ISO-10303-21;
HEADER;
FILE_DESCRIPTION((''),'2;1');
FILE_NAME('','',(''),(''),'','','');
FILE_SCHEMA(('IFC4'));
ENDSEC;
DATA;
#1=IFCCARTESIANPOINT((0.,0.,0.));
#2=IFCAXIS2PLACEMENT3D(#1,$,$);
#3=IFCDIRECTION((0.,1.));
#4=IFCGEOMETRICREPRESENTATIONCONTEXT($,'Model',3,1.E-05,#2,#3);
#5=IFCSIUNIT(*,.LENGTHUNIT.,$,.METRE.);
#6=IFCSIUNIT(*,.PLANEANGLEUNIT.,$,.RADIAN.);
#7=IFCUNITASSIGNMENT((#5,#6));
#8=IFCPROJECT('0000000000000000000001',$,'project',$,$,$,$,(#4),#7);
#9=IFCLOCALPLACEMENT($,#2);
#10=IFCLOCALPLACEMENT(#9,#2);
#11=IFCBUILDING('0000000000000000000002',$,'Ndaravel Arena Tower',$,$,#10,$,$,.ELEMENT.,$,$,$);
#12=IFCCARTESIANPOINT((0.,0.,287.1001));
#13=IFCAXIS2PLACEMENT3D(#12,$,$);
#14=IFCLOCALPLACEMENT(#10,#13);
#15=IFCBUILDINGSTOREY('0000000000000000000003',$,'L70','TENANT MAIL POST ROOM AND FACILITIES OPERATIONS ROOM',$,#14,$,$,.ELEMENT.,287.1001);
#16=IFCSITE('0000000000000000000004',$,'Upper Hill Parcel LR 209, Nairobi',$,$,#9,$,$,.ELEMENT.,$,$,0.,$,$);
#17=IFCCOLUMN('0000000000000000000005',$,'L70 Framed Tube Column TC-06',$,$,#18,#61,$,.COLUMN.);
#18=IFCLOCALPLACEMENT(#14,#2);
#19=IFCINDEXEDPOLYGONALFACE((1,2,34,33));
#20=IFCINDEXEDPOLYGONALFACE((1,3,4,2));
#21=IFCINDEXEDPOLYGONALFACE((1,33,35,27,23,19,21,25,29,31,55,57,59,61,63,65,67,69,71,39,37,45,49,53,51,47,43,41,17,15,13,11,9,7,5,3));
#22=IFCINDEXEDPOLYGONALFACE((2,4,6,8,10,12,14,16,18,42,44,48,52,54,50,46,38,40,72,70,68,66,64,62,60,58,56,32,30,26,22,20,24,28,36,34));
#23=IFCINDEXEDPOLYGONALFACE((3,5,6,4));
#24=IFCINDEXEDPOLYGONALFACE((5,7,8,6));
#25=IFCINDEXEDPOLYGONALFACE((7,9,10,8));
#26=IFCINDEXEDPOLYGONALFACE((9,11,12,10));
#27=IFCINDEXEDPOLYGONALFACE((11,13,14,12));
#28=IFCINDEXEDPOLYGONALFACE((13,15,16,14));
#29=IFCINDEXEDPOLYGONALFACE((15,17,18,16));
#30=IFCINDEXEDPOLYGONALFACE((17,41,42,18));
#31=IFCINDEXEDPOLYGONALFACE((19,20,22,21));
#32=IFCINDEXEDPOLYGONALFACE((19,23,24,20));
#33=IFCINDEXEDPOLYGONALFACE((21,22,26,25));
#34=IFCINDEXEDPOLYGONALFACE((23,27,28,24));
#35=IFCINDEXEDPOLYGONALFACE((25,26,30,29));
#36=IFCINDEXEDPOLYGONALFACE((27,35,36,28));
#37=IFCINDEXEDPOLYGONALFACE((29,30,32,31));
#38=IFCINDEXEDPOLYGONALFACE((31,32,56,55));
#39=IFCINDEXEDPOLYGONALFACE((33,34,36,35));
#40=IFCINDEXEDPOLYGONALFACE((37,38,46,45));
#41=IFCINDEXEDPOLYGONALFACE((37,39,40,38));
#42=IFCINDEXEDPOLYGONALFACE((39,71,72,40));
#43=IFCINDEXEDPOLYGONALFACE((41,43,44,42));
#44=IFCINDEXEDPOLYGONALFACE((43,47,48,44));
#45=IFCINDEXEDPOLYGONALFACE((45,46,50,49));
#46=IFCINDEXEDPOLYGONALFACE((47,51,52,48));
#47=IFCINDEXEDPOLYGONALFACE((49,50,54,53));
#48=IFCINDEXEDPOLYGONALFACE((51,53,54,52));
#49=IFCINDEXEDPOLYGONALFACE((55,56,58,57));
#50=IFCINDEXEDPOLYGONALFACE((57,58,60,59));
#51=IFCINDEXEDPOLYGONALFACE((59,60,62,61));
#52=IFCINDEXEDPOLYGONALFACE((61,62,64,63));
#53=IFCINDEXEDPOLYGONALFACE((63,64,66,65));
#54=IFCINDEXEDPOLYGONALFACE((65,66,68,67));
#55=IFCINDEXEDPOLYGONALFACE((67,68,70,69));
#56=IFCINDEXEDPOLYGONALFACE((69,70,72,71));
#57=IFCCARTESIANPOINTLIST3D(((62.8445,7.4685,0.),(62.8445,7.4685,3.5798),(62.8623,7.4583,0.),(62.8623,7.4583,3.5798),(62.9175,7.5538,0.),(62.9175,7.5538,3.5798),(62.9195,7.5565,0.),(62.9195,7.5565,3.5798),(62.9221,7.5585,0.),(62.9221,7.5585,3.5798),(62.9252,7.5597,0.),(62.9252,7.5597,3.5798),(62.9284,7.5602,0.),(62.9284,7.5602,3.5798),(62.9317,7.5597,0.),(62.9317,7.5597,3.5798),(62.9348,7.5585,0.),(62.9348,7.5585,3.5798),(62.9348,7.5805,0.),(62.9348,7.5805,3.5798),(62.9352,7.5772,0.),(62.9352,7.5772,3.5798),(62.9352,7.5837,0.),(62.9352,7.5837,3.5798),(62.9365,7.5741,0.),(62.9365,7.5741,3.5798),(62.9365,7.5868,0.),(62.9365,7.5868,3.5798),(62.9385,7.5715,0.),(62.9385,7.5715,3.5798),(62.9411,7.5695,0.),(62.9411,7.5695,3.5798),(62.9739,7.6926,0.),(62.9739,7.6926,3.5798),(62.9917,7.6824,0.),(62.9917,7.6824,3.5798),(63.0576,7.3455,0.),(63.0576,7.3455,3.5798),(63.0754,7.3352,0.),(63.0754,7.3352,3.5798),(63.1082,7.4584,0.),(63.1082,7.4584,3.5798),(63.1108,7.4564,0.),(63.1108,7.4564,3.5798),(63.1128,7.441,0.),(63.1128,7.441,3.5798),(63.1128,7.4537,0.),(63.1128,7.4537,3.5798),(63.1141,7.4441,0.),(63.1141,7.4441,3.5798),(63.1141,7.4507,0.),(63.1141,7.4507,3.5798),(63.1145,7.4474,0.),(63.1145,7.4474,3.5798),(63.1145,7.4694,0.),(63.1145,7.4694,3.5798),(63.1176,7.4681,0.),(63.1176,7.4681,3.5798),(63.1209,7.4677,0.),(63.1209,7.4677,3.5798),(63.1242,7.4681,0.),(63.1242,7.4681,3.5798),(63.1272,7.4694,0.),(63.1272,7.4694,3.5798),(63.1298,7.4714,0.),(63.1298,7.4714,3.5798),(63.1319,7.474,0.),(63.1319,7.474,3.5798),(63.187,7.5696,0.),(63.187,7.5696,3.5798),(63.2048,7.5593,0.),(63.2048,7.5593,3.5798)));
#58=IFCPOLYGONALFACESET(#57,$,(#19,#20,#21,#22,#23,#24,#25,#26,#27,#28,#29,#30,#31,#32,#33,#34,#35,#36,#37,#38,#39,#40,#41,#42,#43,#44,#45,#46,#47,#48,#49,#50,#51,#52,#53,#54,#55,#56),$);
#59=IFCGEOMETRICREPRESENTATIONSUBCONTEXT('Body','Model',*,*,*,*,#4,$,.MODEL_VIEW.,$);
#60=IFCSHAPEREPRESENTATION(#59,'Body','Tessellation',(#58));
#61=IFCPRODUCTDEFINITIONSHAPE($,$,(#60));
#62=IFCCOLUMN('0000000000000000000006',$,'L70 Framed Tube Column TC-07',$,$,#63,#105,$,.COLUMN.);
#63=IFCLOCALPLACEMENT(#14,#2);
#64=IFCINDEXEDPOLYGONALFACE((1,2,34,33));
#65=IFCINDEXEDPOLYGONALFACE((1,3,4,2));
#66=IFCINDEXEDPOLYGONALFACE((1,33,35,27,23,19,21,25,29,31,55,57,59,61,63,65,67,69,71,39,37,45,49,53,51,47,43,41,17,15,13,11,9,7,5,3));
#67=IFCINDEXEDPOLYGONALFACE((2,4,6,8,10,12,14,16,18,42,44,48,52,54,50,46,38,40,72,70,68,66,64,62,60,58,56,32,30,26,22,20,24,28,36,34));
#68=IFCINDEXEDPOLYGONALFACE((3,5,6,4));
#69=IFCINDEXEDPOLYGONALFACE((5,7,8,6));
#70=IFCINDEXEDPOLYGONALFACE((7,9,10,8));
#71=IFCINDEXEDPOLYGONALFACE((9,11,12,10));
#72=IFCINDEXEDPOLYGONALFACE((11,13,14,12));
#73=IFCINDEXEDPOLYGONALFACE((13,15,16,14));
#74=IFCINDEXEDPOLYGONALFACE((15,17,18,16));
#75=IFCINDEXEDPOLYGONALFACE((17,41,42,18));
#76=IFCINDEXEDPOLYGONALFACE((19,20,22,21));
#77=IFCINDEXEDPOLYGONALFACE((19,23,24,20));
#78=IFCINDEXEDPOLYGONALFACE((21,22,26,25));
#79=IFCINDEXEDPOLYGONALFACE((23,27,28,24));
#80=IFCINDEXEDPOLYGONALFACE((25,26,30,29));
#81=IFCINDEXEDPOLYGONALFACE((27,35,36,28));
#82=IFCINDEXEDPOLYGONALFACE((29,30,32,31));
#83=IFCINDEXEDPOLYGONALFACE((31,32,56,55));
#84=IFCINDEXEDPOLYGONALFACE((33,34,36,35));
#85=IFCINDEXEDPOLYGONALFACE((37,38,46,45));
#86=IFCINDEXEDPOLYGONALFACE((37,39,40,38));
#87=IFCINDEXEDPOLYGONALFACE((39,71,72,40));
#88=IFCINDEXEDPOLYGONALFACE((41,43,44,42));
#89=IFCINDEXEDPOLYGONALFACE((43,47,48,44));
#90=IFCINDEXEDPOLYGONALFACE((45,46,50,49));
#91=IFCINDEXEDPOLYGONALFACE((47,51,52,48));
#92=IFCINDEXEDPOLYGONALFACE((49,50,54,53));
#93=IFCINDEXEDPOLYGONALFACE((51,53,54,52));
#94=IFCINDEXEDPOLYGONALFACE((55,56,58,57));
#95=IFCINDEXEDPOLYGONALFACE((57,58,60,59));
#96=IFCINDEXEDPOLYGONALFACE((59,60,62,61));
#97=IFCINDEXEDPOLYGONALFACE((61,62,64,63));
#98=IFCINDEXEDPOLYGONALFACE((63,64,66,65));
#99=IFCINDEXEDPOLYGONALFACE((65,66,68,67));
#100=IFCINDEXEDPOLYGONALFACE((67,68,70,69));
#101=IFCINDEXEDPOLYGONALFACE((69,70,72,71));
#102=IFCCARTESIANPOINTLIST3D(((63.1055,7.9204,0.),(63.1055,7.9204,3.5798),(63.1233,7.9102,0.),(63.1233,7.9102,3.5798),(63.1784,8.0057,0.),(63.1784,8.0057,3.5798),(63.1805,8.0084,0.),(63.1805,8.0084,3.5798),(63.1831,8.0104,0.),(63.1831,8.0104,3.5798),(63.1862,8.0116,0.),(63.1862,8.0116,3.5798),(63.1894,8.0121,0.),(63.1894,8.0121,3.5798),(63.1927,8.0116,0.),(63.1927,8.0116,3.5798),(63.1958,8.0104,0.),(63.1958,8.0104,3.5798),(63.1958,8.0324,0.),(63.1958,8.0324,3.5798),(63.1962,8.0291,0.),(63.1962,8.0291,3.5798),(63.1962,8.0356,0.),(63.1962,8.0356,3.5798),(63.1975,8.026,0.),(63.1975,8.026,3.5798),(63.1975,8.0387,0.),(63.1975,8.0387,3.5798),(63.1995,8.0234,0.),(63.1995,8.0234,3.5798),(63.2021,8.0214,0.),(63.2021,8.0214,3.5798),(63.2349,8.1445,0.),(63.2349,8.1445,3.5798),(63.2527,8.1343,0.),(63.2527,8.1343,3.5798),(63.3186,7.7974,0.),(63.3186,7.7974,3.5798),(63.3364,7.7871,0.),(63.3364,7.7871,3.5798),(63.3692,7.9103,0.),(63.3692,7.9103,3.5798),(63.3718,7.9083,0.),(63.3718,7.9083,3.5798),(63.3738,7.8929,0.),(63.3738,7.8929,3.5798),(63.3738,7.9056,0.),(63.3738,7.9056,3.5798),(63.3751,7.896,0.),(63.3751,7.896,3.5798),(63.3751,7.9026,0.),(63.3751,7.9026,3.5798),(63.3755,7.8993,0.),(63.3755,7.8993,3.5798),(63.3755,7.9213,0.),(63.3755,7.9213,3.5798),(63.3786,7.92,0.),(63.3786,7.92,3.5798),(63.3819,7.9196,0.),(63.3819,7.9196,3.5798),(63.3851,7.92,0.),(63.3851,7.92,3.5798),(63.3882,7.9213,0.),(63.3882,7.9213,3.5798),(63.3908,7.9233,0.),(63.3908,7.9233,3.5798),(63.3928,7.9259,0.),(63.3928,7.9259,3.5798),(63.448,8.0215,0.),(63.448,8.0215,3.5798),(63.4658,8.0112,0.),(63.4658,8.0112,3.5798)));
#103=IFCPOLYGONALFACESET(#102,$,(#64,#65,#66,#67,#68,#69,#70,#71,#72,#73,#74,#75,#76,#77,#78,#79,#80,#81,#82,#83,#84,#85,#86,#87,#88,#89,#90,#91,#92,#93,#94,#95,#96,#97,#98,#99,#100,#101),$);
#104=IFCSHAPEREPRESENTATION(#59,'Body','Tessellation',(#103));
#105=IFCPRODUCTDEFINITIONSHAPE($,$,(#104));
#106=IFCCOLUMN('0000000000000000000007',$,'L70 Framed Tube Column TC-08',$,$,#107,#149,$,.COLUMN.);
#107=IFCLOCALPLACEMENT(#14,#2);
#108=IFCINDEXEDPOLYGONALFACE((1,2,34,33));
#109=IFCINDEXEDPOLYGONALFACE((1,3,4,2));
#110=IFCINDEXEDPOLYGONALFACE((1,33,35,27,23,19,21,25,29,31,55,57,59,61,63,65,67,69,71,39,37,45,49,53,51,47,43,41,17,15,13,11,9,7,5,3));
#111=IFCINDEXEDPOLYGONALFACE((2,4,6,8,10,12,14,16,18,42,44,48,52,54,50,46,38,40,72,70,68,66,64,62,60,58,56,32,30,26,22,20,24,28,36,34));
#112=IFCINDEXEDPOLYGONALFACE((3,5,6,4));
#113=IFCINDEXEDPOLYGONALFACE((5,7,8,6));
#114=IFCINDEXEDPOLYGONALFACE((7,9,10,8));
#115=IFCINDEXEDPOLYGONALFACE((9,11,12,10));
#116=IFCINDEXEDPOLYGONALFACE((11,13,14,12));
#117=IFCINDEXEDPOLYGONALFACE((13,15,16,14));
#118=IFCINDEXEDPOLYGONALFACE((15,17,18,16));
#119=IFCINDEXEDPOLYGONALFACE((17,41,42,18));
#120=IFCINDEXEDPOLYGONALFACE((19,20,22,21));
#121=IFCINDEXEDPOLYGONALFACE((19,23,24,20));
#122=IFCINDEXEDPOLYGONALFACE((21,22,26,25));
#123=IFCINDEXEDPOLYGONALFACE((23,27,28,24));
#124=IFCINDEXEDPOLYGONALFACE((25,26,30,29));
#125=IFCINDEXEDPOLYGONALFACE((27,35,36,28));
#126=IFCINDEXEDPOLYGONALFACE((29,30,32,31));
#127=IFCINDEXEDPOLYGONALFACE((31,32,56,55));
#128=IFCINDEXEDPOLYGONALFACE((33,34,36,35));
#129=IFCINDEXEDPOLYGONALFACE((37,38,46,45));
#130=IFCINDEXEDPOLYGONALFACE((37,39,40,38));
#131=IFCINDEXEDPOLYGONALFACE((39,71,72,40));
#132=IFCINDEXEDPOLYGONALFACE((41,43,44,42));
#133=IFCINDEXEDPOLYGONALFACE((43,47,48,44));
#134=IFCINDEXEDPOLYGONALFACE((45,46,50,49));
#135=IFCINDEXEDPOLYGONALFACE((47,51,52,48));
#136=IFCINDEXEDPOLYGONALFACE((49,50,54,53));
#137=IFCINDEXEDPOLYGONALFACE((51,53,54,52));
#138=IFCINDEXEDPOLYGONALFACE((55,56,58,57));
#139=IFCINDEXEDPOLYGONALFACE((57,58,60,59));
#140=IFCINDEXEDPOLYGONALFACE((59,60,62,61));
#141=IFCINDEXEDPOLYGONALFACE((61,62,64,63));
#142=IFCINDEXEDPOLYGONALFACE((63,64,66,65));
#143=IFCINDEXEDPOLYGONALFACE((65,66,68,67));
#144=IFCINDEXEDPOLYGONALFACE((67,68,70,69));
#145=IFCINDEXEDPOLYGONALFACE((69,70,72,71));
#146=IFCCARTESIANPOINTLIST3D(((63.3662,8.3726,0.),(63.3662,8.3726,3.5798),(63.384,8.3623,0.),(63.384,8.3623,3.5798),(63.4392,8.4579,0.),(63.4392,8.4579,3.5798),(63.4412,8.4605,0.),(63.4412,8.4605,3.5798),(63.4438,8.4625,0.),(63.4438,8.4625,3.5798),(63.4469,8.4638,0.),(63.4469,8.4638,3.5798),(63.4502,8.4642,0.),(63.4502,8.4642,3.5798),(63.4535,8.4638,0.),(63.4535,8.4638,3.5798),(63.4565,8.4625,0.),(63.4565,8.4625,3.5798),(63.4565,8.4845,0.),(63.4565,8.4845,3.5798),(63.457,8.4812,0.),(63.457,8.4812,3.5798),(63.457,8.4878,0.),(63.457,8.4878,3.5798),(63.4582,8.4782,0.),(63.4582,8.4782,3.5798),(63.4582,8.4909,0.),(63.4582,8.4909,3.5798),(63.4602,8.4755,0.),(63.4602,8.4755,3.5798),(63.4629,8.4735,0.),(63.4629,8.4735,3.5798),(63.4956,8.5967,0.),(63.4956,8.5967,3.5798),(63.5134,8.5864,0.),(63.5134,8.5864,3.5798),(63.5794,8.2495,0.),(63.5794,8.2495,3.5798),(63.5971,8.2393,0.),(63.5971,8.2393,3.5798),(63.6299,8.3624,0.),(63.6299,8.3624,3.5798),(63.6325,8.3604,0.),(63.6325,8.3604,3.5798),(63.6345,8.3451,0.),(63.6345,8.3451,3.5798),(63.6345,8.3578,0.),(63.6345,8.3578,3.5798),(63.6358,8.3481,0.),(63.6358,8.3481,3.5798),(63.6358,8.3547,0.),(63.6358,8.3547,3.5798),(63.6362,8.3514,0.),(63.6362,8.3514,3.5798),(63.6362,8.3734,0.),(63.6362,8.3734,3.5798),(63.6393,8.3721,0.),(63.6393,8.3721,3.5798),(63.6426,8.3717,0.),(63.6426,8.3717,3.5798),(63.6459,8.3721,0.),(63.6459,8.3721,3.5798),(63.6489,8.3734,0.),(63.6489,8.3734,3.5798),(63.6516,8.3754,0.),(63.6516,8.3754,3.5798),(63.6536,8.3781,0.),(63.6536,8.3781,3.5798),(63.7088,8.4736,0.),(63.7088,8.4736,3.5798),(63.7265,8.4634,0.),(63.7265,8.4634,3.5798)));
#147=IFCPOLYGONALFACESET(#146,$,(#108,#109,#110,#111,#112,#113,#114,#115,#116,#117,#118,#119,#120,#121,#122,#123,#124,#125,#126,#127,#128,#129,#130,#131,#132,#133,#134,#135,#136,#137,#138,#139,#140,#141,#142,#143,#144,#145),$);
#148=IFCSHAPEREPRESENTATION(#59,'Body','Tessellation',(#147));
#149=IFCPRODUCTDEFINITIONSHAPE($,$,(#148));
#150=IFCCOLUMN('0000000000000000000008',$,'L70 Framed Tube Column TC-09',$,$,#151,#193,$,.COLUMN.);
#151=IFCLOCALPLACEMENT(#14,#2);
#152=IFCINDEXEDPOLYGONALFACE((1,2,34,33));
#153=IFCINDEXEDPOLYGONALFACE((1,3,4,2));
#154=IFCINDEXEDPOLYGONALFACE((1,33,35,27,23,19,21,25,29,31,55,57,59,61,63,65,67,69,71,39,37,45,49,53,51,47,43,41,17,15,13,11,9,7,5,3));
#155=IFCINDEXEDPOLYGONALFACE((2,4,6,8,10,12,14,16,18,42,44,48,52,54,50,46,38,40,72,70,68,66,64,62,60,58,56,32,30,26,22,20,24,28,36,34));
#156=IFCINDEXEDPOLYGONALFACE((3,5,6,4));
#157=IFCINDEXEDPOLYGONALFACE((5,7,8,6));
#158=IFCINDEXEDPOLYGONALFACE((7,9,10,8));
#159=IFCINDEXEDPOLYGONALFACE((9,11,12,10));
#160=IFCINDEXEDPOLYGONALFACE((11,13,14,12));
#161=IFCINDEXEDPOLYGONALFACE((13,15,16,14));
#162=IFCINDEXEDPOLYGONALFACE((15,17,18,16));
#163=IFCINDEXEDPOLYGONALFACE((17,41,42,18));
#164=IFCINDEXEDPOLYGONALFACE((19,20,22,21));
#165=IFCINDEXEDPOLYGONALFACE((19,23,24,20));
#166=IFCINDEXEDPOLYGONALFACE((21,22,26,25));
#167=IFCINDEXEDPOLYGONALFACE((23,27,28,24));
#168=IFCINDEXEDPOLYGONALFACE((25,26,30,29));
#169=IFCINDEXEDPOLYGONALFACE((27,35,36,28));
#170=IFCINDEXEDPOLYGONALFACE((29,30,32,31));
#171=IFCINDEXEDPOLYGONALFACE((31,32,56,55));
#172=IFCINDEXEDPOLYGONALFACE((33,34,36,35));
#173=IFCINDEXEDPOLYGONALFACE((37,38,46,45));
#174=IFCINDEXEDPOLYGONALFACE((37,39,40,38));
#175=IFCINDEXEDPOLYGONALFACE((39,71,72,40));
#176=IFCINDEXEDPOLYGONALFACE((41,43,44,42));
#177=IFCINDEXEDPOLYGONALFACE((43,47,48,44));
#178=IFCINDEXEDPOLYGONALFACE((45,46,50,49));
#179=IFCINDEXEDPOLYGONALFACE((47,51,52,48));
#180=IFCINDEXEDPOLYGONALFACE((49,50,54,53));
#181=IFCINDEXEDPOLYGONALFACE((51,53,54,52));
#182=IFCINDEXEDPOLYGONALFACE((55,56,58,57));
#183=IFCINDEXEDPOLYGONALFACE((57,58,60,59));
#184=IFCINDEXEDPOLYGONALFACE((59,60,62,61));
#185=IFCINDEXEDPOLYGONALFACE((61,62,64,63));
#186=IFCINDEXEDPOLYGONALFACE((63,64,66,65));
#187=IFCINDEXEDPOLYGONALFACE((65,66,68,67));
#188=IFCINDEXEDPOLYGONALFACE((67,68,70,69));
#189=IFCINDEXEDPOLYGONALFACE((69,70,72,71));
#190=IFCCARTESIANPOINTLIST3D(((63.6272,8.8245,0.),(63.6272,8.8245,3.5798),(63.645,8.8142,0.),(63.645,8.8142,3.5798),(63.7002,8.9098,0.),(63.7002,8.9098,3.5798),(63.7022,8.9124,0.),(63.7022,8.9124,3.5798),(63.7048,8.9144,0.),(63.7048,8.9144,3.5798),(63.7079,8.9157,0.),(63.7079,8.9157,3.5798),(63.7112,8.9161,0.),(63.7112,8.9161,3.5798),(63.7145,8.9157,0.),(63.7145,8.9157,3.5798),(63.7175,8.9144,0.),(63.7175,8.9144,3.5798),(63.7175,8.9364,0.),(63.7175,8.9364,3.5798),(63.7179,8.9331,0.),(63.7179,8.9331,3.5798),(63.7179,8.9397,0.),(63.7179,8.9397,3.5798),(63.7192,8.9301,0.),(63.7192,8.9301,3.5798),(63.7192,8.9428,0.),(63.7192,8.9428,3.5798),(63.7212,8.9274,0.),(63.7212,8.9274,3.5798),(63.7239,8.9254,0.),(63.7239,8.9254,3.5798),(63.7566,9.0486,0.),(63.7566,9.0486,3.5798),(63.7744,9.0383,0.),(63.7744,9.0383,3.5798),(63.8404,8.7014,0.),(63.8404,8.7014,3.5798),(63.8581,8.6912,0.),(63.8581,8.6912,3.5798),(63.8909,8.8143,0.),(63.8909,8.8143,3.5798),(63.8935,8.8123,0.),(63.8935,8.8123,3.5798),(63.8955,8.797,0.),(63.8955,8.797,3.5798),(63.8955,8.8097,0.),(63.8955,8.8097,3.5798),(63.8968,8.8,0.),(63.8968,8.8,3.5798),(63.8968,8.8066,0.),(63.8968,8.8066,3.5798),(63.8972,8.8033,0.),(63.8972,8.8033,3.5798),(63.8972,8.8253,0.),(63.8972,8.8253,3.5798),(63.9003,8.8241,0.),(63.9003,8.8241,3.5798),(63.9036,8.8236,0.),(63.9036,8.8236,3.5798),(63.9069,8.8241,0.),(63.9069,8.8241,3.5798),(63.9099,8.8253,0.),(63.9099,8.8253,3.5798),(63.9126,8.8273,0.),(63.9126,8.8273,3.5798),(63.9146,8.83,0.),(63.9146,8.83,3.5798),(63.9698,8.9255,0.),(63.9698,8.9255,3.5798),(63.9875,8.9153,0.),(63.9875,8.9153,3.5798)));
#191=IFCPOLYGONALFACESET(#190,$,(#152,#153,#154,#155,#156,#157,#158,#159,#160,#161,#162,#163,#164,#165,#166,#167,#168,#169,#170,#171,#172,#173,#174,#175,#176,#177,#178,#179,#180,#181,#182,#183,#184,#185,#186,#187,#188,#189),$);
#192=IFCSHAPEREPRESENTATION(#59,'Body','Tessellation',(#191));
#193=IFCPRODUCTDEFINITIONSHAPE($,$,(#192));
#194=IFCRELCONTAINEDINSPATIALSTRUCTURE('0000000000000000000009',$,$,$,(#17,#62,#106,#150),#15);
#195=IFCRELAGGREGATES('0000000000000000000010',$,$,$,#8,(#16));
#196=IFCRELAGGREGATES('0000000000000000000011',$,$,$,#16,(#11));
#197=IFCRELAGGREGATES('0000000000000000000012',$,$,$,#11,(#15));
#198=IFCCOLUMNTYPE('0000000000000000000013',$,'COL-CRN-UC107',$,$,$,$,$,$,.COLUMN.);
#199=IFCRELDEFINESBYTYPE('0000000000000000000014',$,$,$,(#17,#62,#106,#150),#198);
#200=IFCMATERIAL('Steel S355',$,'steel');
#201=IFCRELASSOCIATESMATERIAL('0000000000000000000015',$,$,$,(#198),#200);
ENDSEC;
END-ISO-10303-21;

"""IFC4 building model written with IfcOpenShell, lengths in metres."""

from ifc_helpers import new_model, si_unit, direction, frame, origin, origin_2d, place, context, subcontext, project, spatial, i_section, extrude, material, material_profile, profile_set, type_object, element, save


model = new_model("IFC4")

# Units and contexts
model_context = context("Model", 3, precision=1e-05, world=origin(), true_north=direction((0.0, 1.0)))
body_context = subcontext(model_context, "Body", "Model", "MODEL_VIEW")
ifc_project = project(units=[si_unit("LENGTHUNIT", "METRE"), si_unit("PLANEANGLEUNIT", "RADIAN")], contexts=[model_context])

# Site, building, storey
site_placement = place(None, origin())
site = spatial("IfcSite", under=ifc_project, at=site_placement, Name="Upper Hill Parcel LR 209, Nairobi", CompositionType="ELEMENT", RefElevation=0.0)
building_placement = place(site_placement, origin())
building = spatial("IfcBuilding", under=site, at=building_placement, Name="Ndaravel Arena Tower", CompositionType="ELEMENT")
storey_placement = place(building_placement, frame((0.0, 0.0, 287.1001)))
storey = spatial("IfcBuildingStorey", under=building, at=storey_placement, Name="L70", Description="TENANT MAIL POST ROOM AND FACILITIES OPERATIONS ROOM", CompositionType="ELEMENT", Elevation=287.1001)

# Columns
ifc_material_1 = material(Name="Steel S355", Category="steel")
ifc_material_profile_1 = material_profile(ifc_material_1, i_section(OverallWidth=0.2588, OverallDepth=0.2666, WebThickness=0.0127, FlangeThickness=0.0205, FilletRadius=0.0127, at=origin_2d()), Name="UC 254x254x107")
ifc_profile_set_1 = profile_set([ifc_material_profile_1], Name="Steel S355")
column_type = type_object("IfcColumnType", Name="COL-CRN-UC107", PredefinedType="COLUMN", material=ifc_profile_set_1)
for number, where, z_axis, x_axis, name in (
    (1, (63.0247, 7.5139, 0.0), (0.0, 0.0, 1.0), (0.5, 0.866025, 0.0), "L70 Framed Tube Column TC-06"),
    (2, (63.2856, 7.9658, 0.0), (0.0, 0.0, 1.0), (0.5, 0.866025, 0.0), "L70 Framed Tube Column TC-07"),
    (3, (63.5464, 8.418, 0.0), (0.0, 0.0, 1.0), (0.5, 0.866025, 0.0), "L70 Framed Tube Column TC-08"),
    (4, (63.8074, 8.8699, 0.0), (0.0, 0.0, 1.0), (0.5, 0.866025, 0.0), "L70 Framed Tube Column TC-09"),
):
    element("IfcColumn", number, at=place(storey_placement, frame(where, z_axis=z_axis, x_axis=x_axis)), inside=storey, type_object=column_type, Name=name, PredefinedType="COLUMN", context=body_context, shape_type="SweptSolid", body=[
        extrude(i_section(OverallWidth=0.2588, OverallDepth=0.2666, WebThickness=0.0127, FlangeThickness=0.0205, FilletRadius=0.0127, at=origin_2d()), origin(), (0.0, 0.0, 1.0), 3.5798),
    ])

save(model, "model.ifc")
